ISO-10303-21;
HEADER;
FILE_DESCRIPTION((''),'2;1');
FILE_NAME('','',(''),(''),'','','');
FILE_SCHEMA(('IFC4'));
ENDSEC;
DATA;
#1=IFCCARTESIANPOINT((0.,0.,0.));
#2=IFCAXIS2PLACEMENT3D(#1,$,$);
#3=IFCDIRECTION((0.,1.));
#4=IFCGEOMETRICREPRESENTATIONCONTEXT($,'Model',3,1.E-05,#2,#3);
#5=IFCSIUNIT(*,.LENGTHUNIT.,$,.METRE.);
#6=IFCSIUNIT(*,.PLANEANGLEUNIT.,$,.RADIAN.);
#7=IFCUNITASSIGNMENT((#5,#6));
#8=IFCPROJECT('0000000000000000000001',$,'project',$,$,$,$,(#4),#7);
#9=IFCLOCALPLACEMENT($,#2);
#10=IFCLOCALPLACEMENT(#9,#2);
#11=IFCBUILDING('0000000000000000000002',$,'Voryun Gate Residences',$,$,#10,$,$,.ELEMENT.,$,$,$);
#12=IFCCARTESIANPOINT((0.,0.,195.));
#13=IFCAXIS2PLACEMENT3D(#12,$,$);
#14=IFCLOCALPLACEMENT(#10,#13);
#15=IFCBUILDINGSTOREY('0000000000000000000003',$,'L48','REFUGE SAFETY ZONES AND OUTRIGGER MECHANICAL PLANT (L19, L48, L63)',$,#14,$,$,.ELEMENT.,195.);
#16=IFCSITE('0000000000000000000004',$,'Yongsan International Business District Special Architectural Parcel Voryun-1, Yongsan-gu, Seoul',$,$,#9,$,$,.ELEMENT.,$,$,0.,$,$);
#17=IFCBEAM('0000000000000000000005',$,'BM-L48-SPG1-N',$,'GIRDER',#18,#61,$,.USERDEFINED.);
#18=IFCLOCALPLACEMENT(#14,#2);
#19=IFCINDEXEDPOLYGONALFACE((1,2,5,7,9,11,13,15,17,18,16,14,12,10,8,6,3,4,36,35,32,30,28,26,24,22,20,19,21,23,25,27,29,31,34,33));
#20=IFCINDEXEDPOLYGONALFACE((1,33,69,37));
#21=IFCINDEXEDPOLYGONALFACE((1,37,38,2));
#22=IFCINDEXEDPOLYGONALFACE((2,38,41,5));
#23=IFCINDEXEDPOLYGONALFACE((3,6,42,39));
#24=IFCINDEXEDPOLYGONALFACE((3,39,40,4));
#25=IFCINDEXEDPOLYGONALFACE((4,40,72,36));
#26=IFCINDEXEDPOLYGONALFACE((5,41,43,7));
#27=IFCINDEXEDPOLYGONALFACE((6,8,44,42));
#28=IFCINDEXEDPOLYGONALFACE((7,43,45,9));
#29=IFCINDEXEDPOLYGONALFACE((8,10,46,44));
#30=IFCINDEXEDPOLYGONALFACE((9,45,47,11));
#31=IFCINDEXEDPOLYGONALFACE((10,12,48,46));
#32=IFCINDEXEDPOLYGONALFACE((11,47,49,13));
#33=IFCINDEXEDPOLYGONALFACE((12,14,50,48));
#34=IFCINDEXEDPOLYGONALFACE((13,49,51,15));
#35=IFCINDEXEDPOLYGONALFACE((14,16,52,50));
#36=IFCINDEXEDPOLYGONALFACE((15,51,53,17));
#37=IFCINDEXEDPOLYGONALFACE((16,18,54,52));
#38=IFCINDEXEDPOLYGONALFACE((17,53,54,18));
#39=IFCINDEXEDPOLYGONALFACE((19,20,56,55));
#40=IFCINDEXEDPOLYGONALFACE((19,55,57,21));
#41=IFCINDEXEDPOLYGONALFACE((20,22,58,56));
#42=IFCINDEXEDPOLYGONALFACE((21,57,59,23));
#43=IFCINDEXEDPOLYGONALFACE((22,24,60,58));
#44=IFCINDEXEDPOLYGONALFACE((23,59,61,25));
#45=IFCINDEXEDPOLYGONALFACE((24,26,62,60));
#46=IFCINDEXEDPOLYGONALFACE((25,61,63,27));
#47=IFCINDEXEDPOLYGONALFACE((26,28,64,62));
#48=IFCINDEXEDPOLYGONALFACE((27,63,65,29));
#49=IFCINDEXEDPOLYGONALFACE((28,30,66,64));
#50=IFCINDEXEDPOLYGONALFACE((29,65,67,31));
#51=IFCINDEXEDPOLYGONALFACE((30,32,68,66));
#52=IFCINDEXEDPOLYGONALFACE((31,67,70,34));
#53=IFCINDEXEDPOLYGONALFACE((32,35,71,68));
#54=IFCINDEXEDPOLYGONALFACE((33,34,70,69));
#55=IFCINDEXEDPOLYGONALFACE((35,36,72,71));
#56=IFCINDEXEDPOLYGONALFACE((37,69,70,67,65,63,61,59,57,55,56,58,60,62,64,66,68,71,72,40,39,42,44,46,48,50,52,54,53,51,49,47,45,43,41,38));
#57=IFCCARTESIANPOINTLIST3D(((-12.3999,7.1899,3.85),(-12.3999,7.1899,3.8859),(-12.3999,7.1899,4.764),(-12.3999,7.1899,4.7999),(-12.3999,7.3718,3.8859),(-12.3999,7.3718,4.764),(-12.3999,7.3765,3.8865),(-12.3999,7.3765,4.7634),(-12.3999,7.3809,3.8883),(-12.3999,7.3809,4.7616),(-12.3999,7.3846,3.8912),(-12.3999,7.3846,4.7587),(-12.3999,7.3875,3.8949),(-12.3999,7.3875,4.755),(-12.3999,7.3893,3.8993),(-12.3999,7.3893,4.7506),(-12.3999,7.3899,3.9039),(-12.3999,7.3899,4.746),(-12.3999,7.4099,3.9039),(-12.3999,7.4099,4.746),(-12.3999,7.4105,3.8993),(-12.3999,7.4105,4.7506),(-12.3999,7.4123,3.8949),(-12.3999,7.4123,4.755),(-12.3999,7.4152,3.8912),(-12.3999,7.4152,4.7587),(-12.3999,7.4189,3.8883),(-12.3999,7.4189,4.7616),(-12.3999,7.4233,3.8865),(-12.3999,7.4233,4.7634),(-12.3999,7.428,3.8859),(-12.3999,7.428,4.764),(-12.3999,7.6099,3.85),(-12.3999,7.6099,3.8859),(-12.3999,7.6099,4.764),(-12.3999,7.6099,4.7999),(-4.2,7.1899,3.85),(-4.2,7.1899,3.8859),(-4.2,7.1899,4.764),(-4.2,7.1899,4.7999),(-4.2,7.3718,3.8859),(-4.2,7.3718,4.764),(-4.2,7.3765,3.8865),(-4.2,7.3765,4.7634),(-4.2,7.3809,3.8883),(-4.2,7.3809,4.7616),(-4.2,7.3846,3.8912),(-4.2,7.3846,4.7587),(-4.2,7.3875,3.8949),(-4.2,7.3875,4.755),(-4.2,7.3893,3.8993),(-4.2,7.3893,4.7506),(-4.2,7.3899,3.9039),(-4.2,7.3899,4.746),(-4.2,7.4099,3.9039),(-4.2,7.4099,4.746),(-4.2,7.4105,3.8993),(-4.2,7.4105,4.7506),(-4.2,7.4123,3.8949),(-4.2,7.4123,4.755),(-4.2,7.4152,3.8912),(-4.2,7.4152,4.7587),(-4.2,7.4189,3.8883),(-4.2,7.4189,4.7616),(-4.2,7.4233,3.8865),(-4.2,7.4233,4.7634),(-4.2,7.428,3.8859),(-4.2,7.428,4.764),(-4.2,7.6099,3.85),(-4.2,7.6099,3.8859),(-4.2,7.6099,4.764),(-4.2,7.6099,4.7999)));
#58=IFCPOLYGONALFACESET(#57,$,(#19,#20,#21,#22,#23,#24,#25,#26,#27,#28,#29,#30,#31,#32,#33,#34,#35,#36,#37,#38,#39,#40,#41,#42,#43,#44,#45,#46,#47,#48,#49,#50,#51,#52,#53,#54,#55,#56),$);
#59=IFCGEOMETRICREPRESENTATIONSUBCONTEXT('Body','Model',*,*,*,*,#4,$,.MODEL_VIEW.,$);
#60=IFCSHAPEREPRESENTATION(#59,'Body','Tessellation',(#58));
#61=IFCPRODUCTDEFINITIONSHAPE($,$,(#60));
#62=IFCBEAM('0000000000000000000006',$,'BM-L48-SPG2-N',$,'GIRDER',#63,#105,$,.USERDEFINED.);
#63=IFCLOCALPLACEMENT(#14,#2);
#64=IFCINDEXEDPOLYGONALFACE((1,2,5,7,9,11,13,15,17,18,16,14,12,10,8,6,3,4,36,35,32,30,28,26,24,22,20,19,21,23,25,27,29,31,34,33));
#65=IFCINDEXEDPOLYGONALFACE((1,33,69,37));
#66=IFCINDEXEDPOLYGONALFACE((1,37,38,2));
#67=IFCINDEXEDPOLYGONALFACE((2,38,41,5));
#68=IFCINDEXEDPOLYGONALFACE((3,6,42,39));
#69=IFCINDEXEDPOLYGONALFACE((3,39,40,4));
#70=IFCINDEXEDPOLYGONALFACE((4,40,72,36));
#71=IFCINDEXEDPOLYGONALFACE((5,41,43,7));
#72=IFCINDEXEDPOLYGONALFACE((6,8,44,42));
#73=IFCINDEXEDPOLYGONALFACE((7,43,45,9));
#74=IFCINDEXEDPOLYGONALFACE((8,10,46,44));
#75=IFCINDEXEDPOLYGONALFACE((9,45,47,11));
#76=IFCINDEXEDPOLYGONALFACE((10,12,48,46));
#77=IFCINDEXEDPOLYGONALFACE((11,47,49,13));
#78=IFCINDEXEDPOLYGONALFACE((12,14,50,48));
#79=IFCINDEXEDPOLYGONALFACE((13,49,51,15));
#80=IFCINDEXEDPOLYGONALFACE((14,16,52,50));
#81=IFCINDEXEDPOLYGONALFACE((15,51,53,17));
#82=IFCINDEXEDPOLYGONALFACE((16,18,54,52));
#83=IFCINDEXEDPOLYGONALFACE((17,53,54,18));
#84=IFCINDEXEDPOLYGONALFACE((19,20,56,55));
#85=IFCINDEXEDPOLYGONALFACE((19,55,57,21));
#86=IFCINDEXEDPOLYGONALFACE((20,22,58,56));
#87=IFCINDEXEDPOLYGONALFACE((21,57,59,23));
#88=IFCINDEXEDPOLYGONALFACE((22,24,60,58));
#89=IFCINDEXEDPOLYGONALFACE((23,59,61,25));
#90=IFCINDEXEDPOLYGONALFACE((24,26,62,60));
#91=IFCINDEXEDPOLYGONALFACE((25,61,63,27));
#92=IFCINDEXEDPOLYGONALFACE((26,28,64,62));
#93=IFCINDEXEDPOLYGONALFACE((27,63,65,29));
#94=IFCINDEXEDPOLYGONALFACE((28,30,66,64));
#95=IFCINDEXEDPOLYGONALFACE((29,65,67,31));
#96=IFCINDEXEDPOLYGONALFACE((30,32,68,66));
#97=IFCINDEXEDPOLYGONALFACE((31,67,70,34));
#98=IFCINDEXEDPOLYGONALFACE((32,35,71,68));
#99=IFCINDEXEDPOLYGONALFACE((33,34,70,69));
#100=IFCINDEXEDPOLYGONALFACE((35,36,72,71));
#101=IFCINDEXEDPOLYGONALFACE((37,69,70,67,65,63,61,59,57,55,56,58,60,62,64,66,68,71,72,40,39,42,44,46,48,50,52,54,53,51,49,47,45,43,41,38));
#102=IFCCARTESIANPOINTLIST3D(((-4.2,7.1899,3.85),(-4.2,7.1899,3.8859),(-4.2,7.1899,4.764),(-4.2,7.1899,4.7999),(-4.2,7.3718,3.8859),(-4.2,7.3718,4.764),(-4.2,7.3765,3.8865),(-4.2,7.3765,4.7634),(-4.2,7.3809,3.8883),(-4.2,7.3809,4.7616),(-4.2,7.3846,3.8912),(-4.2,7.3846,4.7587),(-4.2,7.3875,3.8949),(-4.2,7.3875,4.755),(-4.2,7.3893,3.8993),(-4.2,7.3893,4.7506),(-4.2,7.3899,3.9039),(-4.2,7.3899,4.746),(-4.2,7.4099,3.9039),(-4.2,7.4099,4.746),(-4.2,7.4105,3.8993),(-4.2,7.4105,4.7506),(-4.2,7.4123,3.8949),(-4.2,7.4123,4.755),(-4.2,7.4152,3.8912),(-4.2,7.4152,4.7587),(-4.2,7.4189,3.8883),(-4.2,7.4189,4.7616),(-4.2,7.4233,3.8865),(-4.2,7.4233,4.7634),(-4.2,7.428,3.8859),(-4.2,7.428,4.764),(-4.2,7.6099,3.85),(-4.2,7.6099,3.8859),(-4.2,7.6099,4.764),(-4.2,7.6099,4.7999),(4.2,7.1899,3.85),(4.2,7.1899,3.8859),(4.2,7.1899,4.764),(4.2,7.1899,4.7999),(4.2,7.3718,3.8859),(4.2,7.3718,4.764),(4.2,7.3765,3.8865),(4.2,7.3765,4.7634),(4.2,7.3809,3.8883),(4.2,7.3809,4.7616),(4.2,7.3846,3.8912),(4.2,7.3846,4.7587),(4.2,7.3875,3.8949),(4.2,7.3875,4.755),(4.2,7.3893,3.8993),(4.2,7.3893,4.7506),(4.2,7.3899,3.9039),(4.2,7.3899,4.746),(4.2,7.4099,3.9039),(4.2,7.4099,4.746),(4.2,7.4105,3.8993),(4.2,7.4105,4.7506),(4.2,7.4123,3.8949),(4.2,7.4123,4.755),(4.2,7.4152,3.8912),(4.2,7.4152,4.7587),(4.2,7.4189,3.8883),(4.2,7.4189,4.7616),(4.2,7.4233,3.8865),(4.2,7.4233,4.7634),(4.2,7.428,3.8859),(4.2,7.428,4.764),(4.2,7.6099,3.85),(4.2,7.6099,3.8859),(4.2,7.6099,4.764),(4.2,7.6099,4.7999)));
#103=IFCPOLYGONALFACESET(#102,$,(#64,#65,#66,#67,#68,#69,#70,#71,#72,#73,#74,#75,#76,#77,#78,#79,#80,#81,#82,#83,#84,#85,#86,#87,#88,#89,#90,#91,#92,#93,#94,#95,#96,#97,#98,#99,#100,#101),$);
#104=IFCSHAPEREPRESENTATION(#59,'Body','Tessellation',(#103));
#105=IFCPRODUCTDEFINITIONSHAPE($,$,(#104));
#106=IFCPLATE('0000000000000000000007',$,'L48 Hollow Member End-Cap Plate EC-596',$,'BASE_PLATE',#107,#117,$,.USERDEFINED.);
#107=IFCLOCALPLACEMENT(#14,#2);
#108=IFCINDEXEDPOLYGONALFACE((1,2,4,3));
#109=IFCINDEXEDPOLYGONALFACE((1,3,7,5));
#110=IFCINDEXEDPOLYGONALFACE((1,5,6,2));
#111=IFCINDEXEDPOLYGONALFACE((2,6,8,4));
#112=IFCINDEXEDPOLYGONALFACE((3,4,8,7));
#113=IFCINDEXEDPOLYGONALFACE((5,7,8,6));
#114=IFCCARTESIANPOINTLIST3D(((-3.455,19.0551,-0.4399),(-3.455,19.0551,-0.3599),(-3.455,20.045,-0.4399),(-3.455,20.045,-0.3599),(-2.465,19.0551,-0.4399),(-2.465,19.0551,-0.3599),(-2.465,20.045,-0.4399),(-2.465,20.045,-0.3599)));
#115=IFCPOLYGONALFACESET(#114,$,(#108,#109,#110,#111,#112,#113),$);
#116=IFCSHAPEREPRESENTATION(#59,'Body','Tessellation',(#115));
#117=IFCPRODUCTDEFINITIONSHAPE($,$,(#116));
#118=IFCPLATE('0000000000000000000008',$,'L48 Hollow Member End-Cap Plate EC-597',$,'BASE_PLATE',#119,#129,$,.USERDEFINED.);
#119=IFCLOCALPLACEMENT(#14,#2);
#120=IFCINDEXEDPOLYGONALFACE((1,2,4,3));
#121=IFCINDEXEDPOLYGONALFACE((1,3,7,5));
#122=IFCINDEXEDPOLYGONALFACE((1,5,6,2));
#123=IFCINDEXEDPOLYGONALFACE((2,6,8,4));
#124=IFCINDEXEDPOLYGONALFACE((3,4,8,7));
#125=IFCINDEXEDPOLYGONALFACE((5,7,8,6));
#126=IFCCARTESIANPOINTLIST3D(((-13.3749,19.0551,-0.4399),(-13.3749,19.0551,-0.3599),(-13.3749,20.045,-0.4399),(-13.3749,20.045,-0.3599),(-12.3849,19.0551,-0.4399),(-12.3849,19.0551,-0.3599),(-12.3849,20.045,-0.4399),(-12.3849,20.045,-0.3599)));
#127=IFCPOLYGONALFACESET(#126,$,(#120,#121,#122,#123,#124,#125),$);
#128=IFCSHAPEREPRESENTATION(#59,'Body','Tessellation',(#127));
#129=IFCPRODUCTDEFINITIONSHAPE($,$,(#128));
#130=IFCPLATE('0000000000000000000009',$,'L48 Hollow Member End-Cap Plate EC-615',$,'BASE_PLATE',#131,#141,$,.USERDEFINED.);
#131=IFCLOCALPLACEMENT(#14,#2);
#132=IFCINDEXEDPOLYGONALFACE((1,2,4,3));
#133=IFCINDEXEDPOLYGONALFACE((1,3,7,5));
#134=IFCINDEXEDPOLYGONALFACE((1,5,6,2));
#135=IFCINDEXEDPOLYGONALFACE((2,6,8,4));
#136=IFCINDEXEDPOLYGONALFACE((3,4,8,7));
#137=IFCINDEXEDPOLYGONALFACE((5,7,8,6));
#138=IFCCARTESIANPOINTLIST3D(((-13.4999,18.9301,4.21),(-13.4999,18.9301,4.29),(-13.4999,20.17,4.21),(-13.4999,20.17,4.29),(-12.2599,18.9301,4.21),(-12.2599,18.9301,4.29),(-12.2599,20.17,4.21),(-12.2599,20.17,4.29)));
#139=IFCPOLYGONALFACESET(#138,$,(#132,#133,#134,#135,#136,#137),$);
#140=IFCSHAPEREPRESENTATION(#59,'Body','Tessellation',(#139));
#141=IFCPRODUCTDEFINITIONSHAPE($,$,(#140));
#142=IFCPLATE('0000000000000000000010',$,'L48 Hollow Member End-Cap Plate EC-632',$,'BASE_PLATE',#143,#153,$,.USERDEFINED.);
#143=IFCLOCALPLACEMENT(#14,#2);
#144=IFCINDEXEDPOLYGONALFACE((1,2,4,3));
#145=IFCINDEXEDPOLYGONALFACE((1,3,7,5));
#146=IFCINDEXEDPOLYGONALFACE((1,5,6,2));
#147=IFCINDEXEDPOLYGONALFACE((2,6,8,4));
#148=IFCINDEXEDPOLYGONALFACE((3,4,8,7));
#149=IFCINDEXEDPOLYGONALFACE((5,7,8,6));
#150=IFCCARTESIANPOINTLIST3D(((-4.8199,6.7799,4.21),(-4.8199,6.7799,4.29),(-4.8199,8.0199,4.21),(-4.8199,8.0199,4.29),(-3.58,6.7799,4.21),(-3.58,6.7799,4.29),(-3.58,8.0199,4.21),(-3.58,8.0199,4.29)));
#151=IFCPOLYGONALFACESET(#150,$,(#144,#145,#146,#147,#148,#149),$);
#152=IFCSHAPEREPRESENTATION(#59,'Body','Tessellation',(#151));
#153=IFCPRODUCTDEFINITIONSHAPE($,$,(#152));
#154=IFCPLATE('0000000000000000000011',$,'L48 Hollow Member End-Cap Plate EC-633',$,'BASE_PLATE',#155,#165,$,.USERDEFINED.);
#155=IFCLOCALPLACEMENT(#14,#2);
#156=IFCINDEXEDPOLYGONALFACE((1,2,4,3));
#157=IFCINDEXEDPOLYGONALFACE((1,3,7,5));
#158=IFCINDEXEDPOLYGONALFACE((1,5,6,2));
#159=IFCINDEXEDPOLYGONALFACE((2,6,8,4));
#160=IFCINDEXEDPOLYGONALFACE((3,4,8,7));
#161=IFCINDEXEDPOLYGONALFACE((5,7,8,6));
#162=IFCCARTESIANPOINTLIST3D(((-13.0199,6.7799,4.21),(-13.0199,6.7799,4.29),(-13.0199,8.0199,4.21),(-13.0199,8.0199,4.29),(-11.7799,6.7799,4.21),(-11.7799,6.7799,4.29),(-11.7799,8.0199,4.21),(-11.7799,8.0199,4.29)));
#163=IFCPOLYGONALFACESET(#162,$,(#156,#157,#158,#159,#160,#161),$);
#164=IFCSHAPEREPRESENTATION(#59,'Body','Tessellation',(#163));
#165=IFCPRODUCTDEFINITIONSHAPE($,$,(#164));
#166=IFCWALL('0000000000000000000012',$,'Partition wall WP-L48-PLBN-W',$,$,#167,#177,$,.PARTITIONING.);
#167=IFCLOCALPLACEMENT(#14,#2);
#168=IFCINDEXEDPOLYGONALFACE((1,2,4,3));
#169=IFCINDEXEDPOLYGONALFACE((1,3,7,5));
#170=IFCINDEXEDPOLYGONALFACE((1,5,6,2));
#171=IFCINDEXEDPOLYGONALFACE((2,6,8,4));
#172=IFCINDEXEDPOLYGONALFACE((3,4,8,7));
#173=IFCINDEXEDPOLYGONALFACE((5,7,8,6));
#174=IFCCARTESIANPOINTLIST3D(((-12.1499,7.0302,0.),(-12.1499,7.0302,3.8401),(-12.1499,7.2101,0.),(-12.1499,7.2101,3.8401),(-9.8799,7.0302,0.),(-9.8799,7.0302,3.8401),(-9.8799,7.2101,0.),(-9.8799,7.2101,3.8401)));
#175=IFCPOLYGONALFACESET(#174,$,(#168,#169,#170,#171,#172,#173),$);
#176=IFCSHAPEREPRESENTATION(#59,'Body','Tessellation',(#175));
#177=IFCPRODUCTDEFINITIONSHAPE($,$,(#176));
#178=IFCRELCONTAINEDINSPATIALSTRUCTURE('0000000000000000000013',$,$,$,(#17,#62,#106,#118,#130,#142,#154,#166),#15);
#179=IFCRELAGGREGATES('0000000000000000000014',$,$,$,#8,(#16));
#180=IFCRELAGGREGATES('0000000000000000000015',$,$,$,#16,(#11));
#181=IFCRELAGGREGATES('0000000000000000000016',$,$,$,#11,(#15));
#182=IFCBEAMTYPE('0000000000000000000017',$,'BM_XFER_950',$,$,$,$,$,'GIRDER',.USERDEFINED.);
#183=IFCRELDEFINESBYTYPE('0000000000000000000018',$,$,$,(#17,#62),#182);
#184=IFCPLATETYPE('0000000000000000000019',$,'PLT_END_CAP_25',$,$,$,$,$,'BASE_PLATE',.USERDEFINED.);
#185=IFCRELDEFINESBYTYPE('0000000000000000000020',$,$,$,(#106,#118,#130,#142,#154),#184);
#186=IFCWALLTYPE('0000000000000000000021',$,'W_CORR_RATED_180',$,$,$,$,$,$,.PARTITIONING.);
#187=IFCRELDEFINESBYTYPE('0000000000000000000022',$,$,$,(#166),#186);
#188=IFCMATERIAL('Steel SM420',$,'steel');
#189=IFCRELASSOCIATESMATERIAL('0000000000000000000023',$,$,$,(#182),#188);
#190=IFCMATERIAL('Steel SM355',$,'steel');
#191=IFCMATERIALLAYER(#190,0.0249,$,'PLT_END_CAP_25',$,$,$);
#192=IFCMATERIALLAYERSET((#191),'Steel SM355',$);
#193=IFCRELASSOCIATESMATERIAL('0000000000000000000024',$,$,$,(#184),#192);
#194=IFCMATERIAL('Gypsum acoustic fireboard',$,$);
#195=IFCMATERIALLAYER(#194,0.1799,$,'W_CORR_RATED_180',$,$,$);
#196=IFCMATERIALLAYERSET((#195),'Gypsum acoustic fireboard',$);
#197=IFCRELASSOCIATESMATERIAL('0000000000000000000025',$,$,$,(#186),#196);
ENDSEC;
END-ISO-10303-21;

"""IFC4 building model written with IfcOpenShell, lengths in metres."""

from ifc_helpers import new_model, si_unit, direction, frame, frame_2d, origin, origin_2d, place, context, subcontext, project, spatial, rectangle, i_section, extrude, material, layer, layer_set, material_profile, profile_set, type_object, element, save


model = new_model("IFC4")

# Units and contexts
model_context = context("Model", 3, precision=1e-05, world=origin(), true_north=direction((0.0, 1.0)))
body_context = subcontext(model_context, "Body", "Model", "MODEL_VIEW")
ifc_project = project(units=[si_unit("LENGTHUNIT", "METRE"), si_unit("PLANEANGLEUNIT", "RADIAN")], contexts=[model_context])

# Site, building, storey
site_placement = place(None, origin())
site = spatial("IfcSite", under=ifc_project, at=site_placement, Name="Yongsan International Business District Special Architectural Parcel Voryun-1, Yongsan-gu, Seoul", CompositionType="ELEMENT", RefElevation=0.0)
building_placement = place(site_placement, origin())
building = spatial("IfcBuilding", under=site, at=building_placement, Name="Voryun Gate Residences", CompositionType="ELEMENT")
storey_placement = place(building_placement, frame((0.0, 0.0, 195.0)))
storey = spatial("IfcBuildingStorey", under=building, at=storey_placement, Name="L48", Description="REFUGE SAFETY ZONES AND OUTRIGGER MECHANICAL PLANT (L19, L48, L63)", CompositionType="ELEMENT", Elevation=195.0)

# Beams
ifc_material_1 = material(Name="Steel SM420", Category="steel")
ifc_material_profile_1 = material_profile(ifc_material_1, i_section(OverallWidth=0.4199, OverallDepth=0.95, WebThickness=0.02, FlangeThickness=0.0359, FilletRadius=0.0181, at=origin_2d()), Name="H-950x420x20x36")
ifc_profile_set_1 = profile_set([ifc_material_profile_1], Name="Steel SM420")
beam_type_1 = type_object("IfcBeamType", Name="BM_XFER_950", ElementType="GIRDER", PredefinedType="USERDEFINED", material=ifc_profile_set_1)
beam_1_placement = place(storey_placement, frame((-12.3999, 7.3999, 4.325), z_axis=(1.0, 0.0, 0.0), x_axis=(0.0, 1.0, 0.0)))
element("IfcBeam", 1, at=beam_1_placement, inside=storey, type_object=beam_type_1, Name="BM-L48-SPG1-N", ObjectType="GIRDER", PredefinedType="USERDEFINED", context=body_context, shape_type="SweptSolid", body=[
    extrude(i_section(OverallWidth=0.4199, OverallDepth=0.95, WebThickness=0.02, FlangeThickness=0.0359, FilletRadius=0.0181, at=origin_2d()), origin(), (0.0, 0.0, 1.0), 8.2),
])
beam_2_placement = place(storey_placement, frame((-4.2, 7.3999, 4.325), z_axis=(1.0, 0.0, 0.0), x_axis=(0.0, 1.0, 0.0)))
element("IfcBeam", 2, at=beam_2_placement, inside=storey, type_object=beam_type_1, Name="BM-L48-SPG2-N", ObjectType="GIRDER", PredefinedType="USERDEFINED", context=body_context, shape_type="SweptSolid", body=[
    extrude(i_section(OverallWidth=0.4199, OverallDepth=0.95, WebThickness=0.02, FlangeThickness=0.0359, FilletRadius=0.0181, at=origin_2d()), origin(), (0.0, 0.0, 1.0), 8.3999),
])

# Plates
ifc_material_2 = material(Name="Steel SM355", Category="steel")
ifc_layer_1 = layer(ifc_material_2, 0.0249, Name="PLT_END_CAP_25")
ifc_layer_set_1 = layer_set([ifc_layer_1], Name="Steel SM355")
plate_type = type_object("IfcPlateType", Name="PLT_END_CAP_25", ElementType="BASE_PLATE", PredefinedType="USERDEFINED", material=ifc_layer_set_1)
for number, where, z_axis, x_axis, name in (
    (3, (-2.96, 19.55, -0.4399), (0.0, 0.0, 1.0), (1.0, 0.0, 0.0), "L48 Hollow Member End-Cap Plate EC-596"),
    (4, (-12.8799, 19.55, -0.4399), (0.0, 0.0, 1.0), (1.0, 0.0, 0.0), "L48 Hollow Member End-Cap Plate EC-597"),
):
    element("IfcPlate", number, at=place(storey_placement, frame(where, z_axis=z_axis, x_axis=x_axis)), inside=storey, type_object=plate_type, Name=name, ObjectType="BASE_PLATE", PredefinedType="USERDEFINED", context=body_context, shape_type="SweptSolid", body=[
        extrude(rectangle(XDim=0.99, YDim=0.99, at=origin_2d()), origin(), (0.0, 0.0, 1.0), 0.0801),
    ])
for number, where, z_axis, x_axis, name in (
    (5, (-12.8799, 19.55, 4.21), (0.0, 0.0, 1.0), (1.0, 0.0, 0.0), "L48 Hollow Member End-Cap Plate EC-615"),
    (6, (-4.2, 7.3999, 4.21), (0.0, 0.0, 1.0), (1.0, 0.0, 0.0), "L48 Hollow Member End-Cap Plate EC-632"),
    (7, (-12.3999, 7.3999, 4.21), (0.0, 0.0, 1.0), (1.0, 0.0, 0.0), "L48 Hollow Member End-Cap Plate EC-633"),
):
    element("IfcPlate", number, at=place(storey_placement, frame(where, z_axis=z_axis, x_axis=x_axis)), inside=storey, type_object=plate_type, Name=name, ObjectType="BASE_PLATE", PredefinedType="USERDEFINED", context=body_context, shape_type="SweptSolid", body=[
        extrude(rectangle(XDim=1.24, YDim=1.24, at=origin_2d()), origin(), (0.0, 0.0, 1.0), 0.0801),
    ])

# Wall
ifc_material_3 = material(Name="Gypsum acoustic fireboard")
ifc_layer_2 = layer(ifc_material_3, 0.1799, Name="W_CORR_RATED_180")
ifc_layer_set_2 = layer_set([ifc_layer_2], Name="Gypsum acoustic fireboard")
wall_type_1 = type_object("IfcWallType", Name="W_CORR_RATED_180", PredefinedType="PARTITIONING", material=ifc_layer_set_2)
wall_1_placement = place(storey_placement, frame((-12.1499, 7.1201, 0.0), z_axis=(0.0, 0.0, 1.0), x_axis=(1.0, 0.0, 0.0)))
element("IfcWall", 8, at=wall_1_placement, inside=storey, type_object=wall_type_1, Name="Partition wall WP-L48-PLBN-W", PredefinedType="PARTITIONING", context=body_context, shape_type="SweptSolid", body=[
    extrude(rectangle(XDim=2.27, YDim=0.1799, at=frame_2d((1.135, 0.0))), origin(), (0.0, 0.0, 1.0), 3.8401),
])

save(model, "model.ifc")
